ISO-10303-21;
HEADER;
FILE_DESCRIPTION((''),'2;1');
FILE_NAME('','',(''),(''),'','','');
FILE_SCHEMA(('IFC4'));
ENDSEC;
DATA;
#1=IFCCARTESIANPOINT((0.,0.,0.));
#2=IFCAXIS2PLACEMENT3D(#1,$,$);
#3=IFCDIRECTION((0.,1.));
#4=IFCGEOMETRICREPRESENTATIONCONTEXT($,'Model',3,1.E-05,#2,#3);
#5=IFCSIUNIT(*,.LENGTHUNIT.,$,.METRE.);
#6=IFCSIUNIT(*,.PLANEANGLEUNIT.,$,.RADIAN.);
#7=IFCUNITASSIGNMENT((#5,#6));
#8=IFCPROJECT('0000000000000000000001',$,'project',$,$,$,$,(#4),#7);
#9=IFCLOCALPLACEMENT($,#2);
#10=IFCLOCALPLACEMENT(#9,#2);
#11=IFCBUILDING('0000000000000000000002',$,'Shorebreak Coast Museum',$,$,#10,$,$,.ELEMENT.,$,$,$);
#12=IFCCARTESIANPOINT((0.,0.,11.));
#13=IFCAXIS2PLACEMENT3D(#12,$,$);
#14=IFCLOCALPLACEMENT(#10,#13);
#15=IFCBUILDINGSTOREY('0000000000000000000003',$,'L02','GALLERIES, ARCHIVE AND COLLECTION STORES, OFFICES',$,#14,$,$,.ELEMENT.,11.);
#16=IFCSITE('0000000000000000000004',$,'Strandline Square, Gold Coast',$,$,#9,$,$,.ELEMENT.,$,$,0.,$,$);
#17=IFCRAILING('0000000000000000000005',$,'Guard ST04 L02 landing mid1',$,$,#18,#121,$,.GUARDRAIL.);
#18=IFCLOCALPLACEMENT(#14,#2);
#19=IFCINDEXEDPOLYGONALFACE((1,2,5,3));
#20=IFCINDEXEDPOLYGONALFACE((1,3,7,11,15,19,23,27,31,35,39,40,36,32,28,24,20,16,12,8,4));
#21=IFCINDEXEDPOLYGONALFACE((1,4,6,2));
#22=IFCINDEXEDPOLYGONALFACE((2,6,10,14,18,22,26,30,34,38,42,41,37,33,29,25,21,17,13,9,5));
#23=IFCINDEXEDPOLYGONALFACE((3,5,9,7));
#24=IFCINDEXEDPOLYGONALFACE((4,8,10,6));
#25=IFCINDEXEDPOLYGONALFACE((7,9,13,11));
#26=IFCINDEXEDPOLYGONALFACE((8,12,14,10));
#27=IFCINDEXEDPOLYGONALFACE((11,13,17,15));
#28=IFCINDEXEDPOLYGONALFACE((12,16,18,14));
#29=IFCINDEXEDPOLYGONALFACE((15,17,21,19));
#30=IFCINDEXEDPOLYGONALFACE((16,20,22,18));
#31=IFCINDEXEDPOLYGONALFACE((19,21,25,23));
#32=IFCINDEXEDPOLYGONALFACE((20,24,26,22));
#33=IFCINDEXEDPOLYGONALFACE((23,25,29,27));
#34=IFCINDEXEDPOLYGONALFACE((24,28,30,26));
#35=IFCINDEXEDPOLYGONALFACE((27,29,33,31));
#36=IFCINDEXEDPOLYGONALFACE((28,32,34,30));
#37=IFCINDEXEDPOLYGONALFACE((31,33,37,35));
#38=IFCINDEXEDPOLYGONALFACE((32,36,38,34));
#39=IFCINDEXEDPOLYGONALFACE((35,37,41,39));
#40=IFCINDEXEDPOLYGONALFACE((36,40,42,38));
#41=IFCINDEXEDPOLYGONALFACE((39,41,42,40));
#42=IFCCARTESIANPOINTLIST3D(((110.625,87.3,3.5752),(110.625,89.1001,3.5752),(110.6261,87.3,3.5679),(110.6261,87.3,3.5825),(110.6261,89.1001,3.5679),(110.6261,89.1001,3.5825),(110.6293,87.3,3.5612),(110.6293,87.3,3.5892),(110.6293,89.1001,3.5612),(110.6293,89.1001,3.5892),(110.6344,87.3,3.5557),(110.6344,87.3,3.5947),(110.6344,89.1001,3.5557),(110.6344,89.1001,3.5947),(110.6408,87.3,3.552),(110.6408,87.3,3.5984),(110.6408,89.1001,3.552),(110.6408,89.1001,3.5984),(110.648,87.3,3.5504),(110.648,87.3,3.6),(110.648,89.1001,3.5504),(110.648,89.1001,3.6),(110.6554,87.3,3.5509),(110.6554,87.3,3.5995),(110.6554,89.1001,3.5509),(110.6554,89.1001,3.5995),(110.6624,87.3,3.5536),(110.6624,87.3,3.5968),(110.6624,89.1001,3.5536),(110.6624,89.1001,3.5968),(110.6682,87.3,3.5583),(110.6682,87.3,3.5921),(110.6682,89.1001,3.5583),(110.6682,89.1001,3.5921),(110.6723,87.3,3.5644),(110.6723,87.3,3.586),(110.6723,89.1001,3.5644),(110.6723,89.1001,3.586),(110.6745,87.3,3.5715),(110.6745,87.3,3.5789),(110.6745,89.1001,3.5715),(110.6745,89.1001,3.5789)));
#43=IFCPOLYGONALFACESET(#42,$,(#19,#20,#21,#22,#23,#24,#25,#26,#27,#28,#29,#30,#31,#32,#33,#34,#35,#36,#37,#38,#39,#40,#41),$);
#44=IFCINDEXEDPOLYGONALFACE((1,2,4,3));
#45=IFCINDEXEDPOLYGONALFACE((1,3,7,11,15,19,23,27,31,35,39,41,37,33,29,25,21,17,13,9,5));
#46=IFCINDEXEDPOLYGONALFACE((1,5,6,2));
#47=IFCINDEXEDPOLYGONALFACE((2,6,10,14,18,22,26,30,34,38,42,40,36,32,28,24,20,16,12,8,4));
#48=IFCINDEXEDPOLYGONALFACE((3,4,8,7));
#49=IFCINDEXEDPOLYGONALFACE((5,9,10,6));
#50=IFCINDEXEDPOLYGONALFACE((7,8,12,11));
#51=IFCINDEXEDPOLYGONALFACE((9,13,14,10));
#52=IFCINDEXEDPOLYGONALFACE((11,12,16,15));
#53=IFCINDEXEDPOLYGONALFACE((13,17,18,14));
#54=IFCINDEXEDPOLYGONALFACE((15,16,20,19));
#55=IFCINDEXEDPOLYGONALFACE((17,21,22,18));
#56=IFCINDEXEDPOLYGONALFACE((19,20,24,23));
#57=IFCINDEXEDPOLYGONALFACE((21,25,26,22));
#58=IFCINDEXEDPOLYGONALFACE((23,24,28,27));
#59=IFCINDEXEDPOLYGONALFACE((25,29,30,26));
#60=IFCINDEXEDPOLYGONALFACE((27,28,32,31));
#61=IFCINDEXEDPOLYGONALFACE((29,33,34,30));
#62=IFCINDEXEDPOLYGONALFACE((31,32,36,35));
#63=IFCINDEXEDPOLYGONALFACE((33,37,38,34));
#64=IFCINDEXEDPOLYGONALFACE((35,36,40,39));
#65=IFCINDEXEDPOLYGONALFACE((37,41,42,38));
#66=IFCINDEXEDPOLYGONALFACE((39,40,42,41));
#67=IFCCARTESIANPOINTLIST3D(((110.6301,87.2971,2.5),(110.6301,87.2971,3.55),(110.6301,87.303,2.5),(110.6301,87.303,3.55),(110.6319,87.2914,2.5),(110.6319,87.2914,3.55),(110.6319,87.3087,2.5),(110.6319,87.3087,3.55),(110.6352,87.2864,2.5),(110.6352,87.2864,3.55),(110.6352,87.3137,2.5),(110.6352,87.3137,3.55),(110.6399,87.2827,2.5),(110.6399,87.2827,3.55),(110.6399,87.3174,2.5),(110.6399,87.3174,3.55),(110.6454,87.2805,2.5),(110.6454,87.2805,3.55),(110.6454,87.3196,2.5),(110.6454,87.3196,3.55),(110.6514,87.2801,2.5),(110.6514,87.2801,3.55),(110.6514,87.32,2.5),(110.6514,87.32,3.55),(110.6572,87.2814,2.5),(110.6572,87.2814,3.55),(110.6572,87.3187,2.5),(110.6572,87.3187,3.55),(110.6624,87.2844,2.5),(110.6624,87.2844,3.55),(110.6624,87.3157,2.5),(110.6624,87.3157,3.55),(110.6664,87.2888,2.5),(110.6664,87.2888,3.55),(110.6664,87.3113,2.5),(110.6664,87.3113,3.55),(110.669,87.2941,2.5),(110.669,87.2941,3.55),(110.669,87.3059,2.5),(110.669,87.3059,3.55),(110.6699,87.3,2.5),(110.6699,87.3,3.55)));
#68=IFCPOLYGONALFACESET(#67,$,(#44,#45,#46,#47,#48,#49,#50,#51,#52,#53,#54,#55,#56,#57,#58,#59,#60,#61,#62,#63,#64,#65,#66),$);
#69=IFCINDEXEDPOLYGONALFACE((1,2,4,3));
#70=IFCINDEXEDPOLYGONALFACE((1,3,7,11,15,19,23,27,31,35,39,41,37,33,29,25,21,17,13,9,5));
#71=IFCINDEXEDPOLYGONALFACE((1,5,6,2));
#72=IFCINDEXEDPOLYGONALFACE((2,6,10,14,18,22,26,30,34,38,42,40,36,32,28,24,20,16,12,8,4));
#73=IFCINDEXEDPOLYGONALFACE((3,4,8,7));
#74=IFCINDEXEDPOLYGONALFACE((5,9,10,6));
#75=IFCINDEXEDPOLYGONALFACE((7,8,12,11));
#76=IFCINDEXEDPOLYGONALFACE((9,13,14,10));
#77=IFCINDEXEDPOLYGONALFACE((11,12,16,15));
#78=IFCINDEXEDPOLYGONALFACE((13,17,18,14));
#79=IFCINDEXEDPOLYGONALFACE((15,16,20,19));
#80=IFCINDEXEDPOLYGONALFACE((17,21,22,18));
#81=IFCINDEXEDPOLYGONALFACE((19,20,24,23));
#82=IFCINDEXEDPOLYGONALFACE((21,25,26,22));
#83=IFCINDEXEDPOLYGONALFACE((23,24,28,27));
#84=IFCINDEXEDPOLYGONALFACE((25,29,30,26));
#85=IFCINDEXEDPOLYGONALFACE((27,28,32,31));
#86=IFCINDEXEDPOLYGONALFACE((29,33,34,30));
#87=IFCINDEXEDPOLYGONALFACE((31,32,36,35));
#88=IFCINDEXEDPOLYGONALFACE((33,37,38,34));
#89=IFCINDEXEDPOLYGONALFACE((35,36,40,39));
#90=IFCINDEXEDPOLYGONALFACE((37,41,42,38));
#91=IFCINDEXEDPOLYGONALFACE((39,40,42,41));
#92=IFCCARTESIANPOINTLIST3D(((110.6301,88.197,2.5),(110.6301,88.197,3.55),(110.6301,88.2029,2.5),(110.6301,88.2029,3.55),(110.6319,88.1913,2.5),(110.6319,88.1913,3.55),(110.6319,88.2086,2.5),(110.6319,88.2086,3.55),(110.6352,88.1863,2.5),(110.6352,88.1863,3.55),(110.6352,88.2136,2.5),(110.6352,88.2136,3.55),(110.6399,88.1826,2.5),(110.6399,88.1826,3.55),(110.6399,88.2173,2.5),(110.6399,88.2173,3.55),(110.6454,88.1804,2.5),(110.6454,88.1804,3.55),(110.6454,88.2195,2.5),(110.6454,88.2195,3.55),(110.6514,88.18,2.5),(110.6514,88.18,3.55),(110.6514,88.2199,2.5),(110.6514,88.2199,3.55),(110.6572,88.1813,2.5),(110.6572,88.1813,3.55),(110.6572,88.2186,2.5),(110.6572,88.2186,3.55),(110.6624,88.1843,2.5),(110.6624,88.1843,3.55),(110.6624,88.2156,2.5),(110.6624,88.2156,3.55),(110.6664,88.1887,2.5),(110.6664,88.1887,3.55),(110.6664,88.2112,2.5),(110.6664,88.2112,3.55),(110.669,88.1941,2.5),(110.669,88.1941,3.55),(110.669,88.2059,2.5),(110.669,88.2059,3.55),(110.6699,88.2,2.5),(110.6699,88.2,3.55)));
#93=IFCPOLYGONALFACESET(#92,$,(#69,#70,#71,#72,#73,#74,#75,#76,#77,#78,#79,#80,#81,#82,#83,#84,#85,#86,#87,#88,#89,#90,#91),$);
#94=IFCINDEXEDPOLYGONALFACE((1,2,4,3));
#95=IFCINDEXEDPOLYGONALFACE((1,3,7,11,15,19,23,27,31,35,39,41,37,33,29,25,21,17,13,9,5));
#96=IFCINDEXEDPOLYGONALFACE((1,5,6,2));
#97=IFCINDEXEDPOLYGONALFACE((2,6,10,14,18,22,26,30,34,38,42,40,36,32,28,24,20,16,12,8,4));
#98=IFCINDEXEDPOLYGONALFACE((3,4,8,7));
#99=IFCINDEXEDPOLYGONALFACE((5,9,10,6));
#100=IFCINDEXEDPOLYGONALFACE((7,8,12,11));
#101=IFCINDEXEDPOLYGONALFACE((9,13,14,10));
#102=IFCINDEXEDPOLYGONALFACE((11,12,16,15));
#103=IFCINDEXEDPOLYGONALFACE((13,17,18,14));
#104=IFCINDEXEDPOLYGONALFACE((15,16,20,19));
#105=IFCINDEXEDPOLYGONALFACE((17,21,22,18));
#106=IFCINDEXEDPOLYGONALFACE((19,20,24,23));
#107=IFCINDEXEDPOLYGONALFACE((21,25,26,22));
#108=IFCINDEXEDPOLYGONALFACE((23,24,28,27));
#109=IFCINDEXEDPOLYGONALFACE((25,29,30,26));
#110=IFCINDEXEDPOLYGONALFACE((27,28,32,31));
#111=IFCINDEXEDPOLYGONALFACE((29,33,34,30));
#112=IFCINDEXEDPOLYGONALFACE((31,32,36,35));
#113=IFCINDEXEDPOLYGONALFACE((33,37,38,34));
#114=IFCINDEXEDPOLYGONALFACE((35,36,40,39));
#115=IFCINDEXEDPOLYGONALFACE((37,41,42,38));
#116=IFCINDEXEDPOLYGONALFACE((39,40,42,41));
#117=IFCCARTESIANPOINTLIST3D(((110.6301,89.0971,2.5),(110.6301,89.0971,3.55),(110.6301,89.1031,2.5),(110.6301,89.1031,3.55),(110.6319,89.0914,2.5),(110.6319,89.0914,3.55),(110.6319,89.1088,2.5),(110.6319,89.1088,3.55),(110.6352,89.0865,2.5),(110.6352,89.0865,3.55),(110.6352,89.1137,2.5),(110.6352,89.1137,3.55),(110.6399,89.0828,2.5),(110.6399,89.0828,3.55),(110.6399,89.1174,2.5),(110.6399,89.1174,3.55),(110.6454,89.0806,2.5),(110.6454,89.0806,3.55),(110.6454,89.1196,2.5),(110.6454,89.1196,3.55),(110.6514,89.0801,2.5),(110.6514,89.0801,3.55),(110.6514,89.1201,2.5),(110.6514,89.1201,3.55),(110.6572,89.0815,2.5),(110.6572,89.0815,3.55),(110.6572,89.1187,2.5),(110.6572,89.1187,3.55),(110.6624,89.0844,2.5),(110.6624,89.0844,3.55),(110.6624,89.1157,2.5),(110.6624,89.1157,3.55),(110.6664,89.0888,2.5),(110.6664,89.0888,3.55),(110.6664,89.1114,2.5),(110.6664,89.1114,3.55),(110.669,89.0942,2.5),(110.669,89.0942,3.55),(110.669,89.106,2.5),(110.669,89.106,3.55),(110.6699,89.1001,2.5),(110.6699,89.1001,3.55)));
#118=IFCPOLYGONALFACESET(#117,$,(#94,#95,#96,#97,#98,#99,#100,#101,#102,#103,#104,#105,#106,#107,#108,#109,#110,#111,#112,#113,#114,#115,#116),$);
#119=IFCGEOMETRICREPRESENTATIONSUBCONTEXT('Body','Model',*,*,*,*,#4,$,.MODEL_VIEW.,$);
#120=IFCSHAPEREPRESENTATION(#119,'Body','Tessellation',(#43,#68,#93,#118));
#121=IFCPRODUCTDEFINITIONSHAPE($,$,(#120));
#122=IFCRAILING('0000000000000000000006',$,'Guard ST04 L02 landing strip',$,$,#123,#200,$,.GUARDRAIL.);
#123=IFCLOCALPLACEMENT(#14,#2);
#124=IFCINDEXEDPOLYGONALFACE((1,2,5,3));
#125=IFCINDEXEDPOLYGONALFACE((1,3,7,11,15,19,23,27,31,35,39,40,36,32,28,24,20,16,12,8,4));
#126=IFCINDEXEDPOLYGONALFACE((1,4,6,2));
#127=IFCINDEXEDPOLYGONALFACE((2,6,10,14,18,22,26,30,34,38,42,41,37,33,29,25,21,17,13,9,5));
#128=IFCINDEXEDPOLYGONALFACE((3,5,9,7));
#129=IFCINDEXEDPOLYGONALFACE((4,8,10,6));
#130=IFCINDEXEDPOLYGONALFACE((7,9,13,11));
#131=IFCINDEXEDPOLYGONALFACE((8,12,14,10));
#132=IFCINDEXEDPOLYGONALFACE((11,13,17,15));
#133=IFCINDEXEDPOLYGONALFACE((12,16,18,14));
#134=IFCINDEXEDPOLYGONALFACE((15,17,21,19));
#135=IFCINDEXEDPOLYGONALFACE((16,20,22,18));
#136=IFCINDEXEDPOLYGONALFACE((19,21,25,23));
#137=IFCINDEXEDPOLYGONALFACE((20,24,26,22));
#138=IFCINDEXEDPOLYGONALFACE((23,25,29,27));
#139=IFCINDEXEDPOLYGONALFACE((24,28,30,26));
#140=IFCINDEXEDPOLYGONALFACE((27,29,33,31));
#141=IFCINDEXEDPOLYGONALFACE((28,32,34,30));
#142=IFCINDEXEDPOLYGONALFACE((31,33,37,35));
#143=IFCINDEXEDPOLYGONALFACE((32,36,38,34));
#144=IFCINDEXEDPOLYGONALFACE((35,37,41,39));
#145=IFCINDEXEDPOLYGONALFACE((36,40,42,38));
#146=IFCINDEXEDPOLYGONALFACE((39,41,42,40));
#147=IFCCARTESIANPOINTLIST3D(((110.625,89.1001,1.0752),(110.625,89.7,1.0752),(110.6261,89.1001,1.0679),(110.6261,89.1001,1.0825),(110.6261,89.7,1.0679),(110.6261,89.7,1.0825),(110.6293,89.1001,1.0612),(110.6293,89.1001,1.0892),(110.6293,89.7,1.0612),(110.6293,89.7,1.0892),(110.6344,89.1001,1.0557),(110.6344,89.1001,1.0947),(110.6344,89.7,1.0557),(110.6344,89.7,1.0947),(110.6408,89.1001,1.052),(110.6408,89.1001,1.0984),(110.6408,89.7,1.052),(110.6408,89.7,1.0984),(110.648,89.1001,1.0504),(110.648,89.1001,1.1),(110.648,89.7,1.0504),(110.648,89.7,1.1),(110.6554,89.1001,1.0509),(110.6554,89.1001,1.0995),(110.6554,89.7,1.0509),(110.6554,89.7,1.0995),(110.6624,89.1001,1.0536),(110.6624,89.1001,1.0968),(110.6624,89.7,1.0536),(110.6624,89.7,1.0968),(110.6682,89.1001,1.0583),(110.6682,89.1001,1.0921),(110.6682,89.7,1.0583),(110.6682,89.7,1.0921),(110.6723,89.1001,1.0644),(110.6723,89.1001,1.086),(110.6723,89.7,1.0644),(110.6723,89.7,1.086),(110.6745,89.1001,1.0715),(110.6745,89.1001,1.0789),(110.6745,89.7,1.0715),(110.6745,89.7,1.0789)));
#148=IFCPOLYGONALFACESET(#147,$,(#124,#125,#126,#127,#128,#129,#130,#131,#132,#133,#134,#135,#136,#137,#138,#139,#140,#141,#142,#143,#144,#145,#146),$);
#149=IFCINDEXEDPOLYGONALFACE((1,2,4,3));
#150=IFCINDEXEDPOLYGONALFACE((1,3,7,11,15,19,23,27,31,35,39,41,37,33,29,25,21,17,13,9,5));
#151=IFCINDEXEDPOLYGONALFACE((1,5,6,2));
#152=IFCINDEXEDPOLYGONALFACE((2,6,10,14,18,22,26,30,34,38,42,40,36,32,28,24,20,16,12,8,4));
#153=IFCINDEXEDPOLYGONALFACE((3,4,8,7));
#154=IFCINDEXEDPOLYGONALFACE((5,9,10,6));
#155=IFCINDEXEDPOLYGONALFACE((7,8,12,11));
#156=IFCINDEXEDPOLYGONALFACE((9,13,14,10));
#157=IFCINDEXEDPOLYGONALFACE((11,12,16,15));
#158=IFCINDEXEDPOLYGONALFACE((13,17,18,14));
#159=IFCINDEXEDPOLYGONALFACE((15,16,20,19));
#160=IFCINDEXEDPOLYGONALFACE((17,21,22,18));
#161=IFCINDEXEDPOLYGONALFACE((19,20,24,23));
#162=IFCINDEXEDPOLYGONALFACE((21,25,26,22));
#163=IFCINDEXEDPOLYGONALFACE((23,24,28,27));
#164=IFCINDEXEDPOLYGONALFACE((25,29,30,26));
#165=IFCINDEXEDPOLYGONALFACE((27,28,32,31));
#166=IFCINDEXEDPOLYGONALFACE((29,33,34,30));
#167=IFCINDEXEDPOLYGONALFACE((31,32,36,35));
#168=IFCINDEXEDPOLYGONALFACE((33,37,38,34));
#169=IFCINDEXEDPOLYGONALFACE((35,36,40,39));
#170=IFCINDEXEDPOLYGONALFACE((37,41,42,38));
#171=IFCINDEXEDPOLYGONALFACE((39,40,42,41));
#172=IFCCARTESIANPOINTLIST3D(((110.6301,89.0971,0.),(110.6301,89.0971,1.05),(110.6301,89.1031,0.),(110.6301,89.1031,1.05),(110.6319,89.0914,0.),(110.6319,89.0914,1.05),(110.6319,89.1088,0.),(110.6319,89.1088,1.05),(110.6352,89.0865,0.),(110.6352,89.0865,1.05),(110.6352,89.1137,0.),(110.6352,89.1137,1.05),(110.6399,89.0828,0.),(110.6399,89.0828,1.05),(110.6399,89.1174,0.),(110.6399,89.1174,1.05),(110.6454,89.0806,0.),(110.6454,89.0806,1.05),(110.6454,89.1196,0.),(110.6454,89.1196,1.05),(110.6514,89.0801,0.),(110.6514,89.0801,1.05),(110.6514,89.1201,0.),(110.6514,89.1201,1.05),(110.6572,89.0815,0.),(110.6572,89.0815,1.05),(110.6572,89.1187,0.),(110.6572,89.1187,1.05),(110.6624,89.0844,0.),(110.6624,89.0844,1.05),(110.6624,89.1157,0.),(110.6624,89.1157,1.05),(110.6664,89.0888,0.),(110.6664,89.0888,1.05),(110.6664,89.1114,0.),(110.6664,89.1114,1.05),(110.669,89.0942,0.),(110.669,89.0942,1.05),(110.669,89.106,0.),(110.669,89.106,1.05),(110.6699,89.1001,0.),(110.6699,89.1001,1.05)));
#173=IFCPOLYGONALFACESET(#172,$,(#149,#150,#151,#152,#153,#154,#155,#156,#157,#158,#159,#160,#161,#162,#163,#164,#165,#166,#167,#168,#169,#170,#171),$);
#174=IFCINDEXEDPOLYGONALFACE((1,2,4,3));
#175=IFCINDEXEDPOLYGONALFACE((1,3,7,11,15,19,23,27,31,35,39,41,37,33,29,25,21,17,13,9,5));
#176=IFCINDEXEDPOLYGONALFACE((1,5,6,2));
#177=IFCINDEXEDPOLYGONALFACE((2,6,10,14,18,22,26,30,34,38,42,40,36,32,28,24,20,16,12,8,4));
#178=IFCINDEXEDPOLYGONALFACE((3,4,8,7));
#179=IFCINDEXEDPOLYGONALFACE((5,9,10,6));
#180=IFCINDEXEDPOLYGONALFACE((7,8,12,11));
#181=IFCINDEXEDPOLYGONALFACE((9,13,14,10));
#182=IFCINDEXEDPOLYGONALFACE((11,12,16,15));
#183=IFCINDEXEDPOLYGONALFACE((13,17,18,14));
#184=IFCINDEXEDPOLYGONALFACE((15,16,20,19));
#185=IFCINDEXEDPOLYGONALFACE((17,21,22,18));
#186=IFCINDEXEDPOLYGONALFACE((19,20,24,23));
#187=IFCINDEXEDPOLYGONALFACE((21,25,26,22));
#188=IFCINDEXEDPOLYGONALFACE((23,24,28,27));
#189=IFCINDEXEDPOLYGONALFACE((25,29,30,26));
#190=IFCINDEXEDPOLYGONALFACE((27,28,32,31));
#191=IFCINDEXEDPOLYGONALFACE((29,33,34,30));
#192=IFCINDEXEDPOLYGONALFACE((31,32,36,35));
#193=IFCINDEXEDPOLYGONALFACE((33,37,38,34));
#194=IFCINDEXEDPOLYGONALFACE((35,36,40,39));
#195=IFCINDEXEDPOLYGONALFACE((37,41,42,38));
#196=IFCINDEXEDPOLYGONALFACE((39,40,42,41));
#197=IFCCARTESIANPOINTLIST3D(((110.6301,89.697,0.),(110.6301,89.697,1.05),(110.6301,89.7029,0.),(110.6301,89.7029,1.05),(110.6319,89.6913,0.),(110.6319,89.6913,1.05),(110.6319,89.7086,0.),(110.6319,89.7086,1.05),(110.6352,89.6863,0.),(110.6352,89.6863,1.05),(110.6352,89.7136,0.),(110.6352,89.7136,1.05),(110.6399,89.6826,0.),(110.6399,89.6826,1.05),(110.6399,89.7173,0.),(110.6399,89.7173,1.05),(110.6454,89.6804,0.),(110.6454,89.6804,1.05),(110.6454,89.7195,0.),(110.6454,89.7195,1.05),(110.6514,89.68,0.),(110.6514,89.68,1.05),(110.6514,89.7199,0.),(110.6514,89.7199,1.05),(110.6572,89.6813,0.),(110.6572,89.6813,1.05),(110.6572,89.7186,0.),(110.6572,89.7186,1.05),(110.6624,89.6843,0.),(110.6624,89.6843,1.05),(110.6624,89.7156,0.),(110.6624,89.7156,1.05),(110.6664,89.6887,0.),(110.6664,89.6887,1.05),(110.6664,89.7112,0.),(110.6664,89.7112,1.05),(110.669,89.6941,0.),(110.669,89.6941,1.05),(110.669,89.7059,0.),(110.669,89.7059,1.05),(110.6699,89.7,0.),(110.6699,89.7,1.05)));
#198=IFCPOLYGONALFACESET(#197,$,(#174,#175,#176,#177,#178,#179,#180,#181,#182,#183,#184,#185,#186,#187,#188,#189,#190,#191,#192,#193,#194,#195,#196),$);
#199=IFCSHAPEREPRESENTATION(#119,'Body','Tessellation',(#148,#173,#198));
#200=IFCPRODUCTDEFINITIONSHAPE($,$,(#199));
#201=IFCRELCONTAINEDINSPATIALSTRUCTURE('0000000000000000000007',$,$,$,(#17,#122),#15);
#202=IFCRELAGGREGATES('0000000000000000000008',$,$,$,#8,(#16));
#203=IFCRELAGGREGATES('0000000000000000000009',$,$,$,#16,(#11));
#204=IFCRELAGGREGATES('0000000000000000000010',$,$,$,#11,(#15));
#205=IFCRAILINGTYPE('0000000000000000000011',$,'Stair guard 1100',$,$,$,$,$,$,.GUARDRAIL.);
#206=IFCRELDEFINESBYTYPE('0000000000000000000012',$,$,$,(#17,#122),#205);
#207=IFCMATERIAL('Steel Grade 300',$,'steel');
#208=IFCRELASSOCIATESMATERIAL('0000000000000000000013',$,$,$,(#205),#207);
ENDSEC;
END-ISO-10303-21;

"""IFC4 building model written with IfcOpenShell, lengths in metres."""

from ifc_helpers import new_model, si_unit, direction, frame, origin, origin_2d, place, context, subcontext, project, spatial, circle, extrude, material, type_object, element, save


model = new_model("IFC4")

# Units and contexts
model_context = context("Model", 3, precision=1e-05, world=origin(), true_north=direction((0.0, 1.0)))
body_context = subcontext(model_context, "Body", "Model", "MODEL_VIEW")
ifc_project = project(units=[si_unit("LENGTHUNIT", "METRE"), si_unit("PLANEANGLEUNIT", "RADIAN")], contexts=[model_context])

# Site, building, storey
site_placement = place(None, origin())
site = spatial("IfcSite", under=ifc_project, at=site_placement, Name="Strandline Square, Gold Coast", CompositionType="ELEMENT", RefElevation=0.0)
building_placement = place(site_placement, origin())
building = spatial("IfcBuilding", under=site, at=building_placement, Name="Shorebreak Coast Museum", CompositionType="ELEMENT")
storey_placement = place(building_placement, frame((0.0, 0.0, 11.0)))
storey = spatial("IfcBuildingStorey", under=building, at=storey_placement, Name="L02", Description="GALLERIES, ARCHIVE AND COLLECTION STORES, OFFICES", CompositionType="ELEMENT", Elevation=11.0)

# Railings
ifc_material_1 = material(Name="Steel Grade 300", Category="steel")
railing_type_1 = type_object("IfcRailingType", Name="Stair guard 1100", PredefinedType="GUARDRAIL", material=ifc_material_1)
for number, where, name in (
    (1, (110.6499, 87.3, 2.5), "Guard ST04 L02 landing mid1"),
):
    element("IfcRailing", number, at=place(storey_placement, frame(where)), inside=storey, type_object=railing_type_1, Name=name, PredefinedType="GUARDRAIL", context=body_context, shape_type="SweptSolid", body=[
        extrude(circle(Radius=0.0249, at=origin_2d()), frame((0.0, 0.0, 1.0752), z_axis=(0.0, 1.0, 0.0), x_axis=(-1.0, 0.0, 0.0)), (0.0, 0.0, 1.0), 1.8),
        extrude(circle(Radius=0.02, at=origin_2d()), origin(), (0.0, 0.0, 1.0), 1.05),
        extrude(circle(Radius=0.02, at=origin_2d()), frame((0.0, 0.8999, 0.0)), (0.0, 0.0, 1.0), 1.05),
        extrude(circle(Radius=0.02, at=origin_2d()), frame((0.0, 1.8, 0.0)), (0.0, 0.0, 1.0), 1.05),
    ])
for number, where, name in (
    (2, (110.6499, 89.1001, 0.0), "Guard ST04 L02 landing strip"),
):
    element("IfcRailing", number, at=place(storey_placement, frame(where)), inside=storey, type_object=railing_type_1, Name=name, PredefinedType="GUARDRAIL", context=body_context, shape_type="SweptSolid", body=[
        extrude(circle(Radius=0.0249, at=origin_2d()), frame((0.0, 0.0, 1.0752), z_axis=(0.0, 1.0, 0.0), x_axis=(-1.0, 0.0, 0.0)), (0.0, 0.0, 1.0), 0.5999),
        extrude(circle(Radius=0.02, at=origin_2d()), origin(), (0.0, 0.0, 1.0), 1.05),
        extrude(circle(Radius=0.02, at=origin_2d()), frame((0.0, 0.5999, 0.0)), (0.0, 0.0, 1.0), 1.05),
    ])

save(model, "model.ifc")
